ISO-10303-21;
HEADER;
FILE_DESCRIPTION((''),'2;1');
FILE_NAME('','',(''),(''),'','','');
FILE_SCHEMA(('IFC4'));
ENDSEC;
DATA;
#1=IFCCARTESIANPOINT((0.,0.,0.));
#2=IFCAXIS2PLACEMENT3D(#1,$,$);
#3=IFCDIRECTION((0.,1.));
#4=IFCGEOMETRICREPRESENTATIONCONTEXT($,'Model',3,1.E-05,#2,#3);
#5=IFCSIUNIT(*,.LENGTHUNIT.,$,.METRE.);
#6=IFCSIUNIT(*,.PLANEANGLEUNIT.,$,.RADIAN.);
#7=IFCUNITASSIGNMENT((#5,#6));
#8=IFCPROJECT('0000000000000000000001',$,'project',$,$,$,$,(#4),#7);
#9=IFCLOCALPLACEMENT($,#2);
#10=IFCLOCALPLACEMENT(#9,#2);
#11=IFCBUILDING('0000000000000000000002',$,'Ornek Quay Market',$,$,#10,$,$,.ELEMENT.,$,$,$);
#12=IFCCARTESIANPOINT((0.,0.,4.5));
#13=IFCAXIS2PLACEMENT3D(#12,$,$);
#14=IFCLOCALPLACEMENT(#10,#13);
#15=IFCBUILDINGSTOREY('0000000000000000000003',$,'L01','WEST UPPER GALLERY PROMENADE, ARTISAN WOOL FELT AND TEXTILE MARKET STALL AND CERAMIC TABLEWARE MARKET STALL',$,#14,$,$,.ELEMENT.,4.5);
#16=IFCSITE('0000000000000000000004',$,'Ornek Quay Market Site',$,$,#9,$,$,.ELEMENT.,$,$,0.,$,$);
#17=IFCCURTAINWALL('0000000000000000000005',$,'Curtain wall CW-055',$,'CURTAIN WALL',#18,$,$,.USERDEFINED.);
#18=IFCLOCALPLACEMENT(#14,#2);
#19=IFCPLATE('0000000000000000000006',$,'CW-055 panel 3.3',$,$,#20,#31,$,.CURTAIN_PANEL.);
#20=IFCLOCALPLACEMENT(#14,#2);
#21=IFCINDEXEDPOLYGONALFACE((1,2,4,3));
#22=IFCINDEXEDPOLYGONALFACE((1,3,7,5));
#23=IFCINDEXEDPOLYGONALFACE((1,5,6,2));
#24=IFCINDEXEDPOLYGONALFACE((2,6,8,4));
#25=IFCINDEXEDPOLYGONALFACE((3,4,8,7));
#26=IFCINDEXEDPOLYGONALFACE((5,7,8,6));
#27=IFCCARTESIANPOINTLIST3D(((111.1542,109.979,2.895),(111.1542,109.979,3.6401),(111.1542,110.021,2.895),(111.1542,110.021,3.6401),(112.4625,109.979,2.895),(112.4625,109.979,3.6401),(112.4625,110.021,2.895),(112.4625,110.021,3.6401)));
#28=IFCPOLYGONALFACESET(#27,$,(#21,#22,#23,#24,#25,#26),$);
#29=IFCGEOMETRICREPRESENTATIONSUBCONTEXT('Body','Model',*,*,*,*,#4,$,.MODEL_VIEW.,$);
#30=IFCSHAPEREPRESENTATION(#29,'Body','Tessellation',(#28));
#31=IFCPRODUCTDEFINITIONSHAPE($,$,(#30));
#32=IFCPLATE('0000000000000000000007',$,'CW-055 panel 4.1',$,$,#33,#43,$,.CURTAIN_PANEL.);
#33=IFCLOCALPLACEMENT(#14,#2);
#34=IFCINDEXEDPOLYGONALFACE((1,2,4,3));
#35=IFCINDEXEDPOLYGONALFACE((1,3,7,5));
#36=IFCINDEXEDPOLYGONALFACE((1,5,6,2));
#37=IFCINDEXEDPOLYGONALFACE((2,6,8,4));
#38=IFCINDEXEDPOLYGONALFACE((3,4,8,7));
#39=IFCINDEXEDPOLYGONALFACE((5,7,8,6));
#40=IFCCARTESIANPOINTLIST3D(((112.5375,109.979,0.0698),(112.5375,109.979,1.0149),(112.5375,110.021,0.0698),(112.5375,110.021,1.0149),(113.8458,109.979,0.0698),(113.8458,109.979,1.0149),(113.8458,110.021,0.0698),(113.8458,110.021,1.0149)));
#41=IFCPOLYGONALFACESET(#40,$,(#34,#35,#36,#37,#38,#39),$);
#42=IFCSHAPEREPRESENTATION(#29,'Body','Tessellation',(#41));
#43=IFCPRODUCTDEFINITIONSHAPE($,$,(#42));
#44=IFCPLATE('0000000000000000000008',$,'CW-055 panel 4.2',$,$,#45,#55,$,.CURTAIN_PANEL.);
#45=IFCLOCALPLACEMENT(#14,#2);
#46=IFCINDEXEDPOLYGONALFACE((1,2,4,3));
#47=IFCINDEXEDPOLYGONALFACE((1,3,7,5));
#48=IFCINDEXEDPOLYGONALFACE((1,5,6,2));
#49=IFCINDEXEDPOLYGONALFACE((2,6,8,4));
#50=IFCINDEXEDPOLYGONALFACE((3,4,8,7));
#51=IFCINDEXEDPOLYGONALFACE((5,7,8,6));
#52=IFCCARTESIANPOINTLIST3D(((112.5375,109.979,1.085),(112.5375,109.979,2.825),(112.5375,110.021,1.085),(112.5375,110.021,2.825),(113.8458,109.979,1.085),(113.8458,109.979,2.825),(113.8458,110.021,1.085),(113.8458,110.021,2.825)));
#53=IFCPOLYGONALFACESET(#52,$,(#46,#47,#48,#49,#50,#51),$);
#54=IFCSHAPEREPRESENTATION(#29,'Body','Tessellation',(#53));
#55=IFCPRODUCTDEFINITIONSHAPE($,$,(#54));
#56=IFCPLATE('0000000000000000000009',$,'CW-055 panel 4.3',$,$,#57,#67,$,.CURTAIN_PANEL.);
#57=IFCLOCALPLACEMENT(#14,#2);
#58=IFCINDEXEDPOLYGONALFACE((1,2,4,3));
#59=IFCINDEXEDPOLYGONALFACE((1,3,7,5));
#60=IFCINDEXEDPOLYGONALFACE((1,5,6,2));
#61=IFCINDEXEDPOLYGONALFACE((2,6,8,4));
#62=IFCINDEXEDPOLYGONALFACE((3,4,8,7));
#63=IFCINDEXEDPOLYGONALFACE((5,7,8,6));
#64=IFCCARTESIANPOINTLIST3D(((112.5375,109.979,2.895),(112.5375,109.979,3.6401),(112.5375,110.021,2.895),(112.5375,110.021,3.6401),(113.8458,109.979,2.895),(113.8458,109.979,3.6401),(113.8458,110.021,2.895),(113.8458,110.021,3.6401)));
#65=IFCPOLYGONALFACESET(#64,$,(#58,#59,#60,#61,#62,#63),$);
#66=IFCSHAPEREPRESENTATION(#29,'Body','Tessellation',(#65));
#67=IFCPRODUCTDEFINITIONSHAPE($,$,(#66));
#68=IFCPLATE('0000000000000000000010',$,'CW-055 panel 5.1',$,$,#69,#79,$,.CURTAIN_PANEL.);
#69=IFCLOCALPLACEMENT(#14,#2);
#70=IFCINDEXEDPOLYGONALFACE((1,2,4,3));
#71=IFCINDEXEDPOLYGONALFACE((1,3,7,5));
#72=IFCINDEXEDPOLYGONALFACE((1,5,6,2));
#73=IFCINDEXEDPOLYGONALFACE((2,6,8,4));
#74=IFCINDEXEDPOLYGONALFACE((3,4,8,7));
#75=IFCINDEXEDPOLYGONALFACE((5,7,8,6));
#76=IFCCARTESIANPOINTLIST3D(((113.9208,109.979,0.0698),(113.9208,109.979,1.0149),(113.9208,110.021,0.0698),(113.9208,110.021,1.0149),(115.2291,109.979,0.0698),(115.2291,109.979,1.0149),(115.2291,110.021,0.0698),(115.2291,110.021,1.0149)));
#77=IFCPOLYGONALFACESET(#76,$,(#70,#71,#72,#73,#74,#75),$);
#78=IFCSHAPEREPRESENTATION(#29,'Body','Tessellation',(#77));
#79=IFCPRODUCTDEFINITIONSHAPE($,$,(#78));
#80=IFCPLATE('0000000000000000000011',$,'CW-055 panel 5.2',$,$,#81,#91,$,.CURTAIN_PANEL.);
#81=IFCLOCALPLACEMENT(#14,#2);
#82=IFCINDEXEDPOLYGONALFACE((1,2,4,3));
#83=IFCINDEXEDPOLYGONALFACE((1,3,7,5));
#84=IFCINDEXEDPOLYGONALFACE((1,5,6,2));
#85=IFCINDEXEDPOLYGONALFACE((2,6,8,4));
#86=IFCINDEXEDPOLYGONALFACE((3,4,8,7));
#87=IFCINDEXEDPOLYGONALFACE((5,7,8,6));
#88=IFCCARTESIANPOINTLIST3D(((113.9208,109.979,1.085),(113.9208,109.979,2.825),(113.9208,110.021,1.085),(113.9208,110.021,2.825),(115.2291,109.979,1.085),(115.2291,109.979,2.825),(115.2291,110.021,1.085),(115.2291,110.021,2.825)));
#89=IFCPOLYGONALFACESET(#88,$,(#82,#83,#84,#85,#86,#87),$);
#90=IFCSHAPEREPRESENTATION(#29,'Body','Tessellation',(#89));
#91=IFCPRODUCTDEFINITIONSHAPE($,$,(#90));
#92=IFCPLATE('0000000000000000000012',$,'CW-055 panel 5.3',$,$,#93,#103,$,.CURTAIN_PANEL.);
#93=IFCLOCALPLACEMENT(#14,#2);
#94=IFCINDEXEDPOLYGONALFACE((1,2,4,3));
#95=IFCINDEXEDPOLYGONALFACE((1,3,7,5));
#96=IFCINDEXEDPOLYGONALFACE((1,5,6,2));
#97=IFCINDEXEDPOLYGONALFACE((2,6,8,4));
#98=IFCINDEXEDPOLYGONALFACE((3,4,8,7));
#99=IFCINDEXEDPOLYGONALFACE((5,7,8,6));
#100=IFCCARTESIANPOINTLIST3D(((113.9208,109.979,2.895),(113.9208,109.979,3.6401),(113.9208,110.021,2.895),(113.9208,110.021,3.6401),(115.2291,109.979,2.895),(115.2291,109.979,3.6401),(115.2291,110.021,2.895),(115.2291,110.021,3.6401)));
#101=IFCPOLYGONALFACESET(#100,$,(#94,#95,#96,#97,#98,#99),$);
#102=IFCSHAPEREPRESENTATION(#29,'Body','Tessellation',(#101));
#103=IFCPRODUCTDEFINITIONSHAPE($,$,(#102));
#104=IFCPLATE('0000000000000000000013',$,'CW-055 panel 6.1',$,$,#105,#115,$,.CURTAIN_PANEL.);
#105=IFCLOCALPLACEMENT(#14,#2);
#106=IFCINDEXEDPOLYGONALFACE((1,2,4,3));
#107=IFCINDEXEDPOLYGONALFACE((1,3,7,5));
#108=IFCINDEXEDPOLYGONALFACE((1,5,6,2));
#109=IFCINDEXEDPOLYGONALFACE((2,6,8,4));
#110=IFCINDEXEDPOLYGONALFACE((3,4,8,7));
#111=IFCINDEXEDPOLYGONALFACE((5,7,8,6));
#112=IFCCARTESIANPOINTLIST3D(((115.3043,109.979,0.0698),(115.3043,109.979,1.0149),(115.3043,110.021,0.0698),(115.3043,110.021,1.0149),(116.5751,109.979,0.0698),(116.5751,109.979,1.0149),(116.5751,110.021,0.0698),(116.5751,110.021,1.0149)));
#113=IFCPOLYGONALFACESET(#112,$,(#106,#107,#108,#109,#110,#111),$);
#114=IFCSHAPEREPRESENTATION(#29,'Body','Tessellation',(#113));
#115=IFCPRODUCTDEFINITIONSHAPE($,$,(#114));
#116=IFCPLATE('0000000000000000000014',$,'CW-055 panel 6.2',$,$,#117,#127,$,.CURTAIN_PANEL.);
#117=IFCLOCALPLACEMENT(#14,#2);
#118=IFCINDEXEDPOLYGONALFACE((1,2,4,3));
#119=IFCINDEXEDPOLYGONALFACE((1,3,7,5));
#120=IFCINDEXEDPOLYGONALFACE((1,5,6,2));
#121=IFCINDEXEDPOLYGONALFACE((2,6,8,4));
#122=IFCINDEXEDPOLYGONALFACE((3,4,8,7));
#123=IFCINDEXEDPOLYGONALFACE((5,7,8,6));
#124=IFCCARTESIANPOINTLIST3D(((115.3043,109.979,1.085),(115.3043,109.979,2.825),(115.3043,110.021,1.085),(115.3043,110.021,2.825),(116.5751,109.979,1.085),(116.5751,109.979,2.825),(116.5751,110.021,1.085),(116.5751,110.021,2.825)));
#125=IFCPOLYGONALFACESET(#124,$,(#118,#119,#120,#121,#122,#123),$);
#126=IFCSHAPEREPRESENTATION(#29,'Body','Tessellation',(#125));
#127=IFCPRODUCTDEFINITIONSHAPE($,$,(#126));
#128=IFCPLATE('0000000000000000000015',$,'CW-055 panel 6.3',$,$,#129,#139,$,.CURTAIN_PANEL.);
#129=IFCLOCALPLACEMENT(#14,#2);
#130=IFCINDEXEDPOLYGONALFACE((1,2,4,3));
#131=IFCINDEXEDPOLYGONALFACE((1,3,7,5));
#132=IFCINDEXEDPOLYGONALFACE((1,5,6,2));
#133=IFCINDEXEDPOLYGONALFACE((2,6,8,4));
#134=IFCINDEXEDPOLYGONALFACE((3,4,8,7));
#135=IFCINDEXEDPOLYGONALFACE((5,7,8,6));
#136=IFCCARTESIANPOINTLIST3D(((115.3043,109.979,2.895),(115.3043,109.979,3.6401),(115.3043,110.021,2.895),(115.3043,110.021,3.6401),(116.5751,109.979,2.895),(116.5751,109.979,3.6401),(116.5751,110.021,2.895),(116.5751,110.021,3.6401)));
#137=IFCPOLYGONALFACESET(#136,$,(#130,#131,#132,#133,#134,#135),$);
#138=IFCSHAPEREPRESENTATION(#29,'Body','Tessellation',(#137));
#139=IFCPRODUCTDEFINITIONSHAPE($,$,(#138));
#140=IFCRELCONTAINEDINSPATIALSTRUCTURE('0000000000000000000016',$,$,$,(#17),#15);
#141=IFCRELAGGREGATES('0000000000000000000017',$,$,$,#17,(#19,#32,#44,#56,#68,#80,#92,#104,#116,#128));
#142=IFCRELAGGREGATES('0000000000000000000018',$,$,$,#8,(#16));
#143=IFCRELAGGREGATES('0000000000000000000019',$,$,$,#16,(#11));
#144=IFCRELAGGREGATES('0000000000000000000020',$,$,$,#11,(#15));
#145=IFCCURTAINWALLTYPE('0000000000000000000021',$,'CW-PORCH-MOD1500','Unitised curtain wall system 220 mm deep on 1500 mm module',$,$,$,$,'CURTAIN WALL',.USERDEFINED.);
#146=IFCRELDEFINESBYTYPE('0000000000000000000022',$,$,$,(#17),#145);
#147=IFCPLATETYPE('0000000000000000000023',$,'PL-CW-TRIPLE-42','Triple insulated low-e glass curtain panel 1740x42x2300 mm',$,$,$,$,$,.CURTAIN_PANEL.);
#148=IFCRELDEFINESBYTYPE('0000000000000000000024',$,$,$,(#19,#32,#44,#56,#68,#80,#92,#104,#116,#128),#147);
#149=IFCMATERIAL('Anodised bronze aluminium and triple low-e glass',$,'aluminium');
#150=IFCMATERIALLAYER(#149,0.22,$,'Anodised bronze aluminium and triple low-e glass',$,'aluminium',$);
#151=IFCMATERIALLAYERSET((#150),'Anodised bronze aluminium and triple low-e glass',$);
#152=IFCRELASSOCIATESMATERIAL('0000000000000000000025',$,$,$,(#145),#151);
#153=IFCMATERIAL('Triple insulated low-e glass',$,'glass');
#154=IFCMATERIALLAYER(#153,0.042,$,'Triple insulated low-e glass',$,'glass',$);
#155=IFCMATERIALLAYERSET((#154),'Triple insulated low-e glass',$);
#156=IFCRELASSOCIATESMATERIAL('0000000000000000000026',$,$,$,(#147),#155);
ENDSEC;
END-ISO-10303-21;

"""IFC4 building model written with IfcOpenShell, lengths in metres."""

from ifc_helpers import new_model, si_unit, direction, frame, origin, origin_2d, place, context, subcontext, project, spatial, rectangle, extrude, material, layer, layer_set, type_object, element, aggregate, save


model = new_model("IFC4")

# Units and contexts
model_context = context("Model", 3, precision=1e-05, world=origin(), true_north=direction((0.0, 1.0)))
body_context = subcontext(model_context, "Body", "Model", "MODEL_VIEW")
ifc_project = project(units=[si_unit("LENGTHUNIT", "METRE"), si_unit("PLANEANGLEUNIT", "RADIAN")], contexts=[model_context])

# Site, building, storey
site_placement = place(None, origin())
site = spatial("IfcSite", under=ifc_project, at=site_placement, Name="Ornek Quay Market Site", CompositionType="ELEMENT", RefElevation=0.0)
building_placement = place(site_placement, origin())
building = spatial("IfcBuilding", under=site, at=building_placement, Name="Ornek Quay Market", CompositionType="ELEMENT")
storey_placement = place(building_placement, frame((0.0, 0.0, 4.5)))
storey = spatial("IfcBuildingStorey", under=building, at=storey_placement, Name="L01", Description="WEST UPPER GALLERY PROMENADE, ARTISAN WOOL FELT AND TEXTILE MARKET STALL AND CERAMIC TABLEWARE MARKET STALL", CompositionType="ELEMENT", Elevation=4.5)

# Curtain wall
ifc_material_1 = material(Name="Anodised bronze aluminium and triple low-e glass", Category="aluminium")
ifc_layer_1 = layer(ifc_material_1, 0.22, Name="Anodised bronze aluminium and triple low-e glass", Category="aluminium")
ifc_layer_set_1 = layer_set([ifc_layer_1], Name="Anodised bronze aluminium and triple low-e glass")
curtain_wall_type = type_object("IfcCurtainWallType", Name="CW-PORCH-MOD1500", Description="Unitised curtain wall system 220 mm deep on 1500 mm module", ElementType="CURTAIN WALL", PredefinedType="USERDEFINED", material=ifc_layer_set_1)
curtain_wall_1_placement = place(storey_placement, origin())
curtain_wall_1 = element("IfcCurtainWall", 1, at=curtain_wall_1_placement, inside=storey, type_object=curtain_wall_type, Name="Curtain wall CW-055", ObjectType="CURTAIN WALL", PredefinedType="USERDEFINED")

# Plates
ifc_material_2 = material(Name="Triple insulated low-e glass", Category="glass")
ifc_layer_2 = layer(ifc_material_2, 0.042, Name="Triple insulated low-e glass", Category="glass")
ifc_layer_set_2 = layer_set([ifc_layer_2], Name="Triple insulated low-e glass")
plate_type = type_object("IfcPlateType", Name="PL-CW-TRIPLE-42", Description="Triple insulated low-e glass curtain panel 1740x42x2300 mm", PredefinedType="CURTAIN_PANEL", material=ifc_layer_set_2)
plate_1_placement = place(storey_placement, frame((111.8083, 110.0, 2.895), z_axis=(0.0, 0.0, 1.0), x_axis=(1.0, 0.0, 0.0)))
plate_1 = element("IfcPlate", 2, at=plate_1_placement, type_object=plate_type, Name="CW-055 panel 3.3", PredefinedType="CURTAIN_PANEL", context=body_context, shape_type="SweptSolid", body=[
    extrude(rectangle(XDim=1.3083, YDim=0.042, at=origin_2d()), origin(), (0.0, 0.0, 1.0), 0.7451),
])
plate_2_placement = place(storey_placement, frame((113.1917, 110.0, 0.0698), z_axis=(0.0, 0.0, 1.0), x_axis=(1.0, 0.0, 0.0)))
plate_2 = element("IfcPlate", 3, at=plate_2_placement, type_object=plate_type, Name="CW-055 panel 4.1", PredefinedType="CURTAIN_PANEL", context=body_context, shape_type="SweptSolid", body=[
    extrude(rectangle(XDim=1.3083, YDim=0.042, at=origin_2d()), origin(), (0.0, 0.0, 1.0), 0.9451),
])
plate_3_placement = place(storey_placement, frame((113.1917, 110.0, 1.085), z_axis=(0.0, 0.0, 1.0), x_axis=(1.0, 0.0, 0.0)))
plate_3 = element("IfcPlate", 4, at=plate_3_placement, type_object=plate_type, Name="CW-055 panel 4.2", PredefinedType="CURTAIN_PANEL", context=body_context, shape_type="SweptSolid", body=[
    extrude(rectangle(XDim=1.3083, YDim=0.042, at=origin_2d()), origin(), (0.0, 0.0, 1.0), 1.74),
])
plate_4_placement = place(storey_placement, frame((113.1917, 110.0, 2.895), z_axis=(0.0, 0.0, 1.0), x_axis=(1.0, 0.0, 0.0)))
plate_4 = element("IfcPlate", 5, at=plate_4_placement, type_object=plate_type, Name="CW-055 panel 4.3", PredefinedType="CURTAIN_PANEL", context=body_context, shape_type="SweptSolid", body=[
    extrude(rectangle(XDim=1.3083, YDim=0.042, at=origin_2d()), origin(), (0.0, 0.0, 1.0), 0.7451),
])
plate_5_placement = place(storey_placement, frame((114.575, 110.0, 0.0698), z_axis=(0.0, 0.0, 1.0), x_axis=(1.0, 0.0, 0.0)))
plate_5 = element("IfcPlate", 6, at=plate_5_placement, type_object=plate_type, Name="CW-055 panel 5.1", PredefinedType="CURTAIN_PANEL", context=body_context, shape_type="SweptSolid", body=[
    extrude(rectangle(XDim=1.3083, YDim=0.042, at=origin_2d()), origin(), (0.0, 0.0, 1.0), 0.9451),
])
plate_6_placement = place(storey_placement, frame((114.575, 110.0, 1.085), z_axis=(0.0, 0.0, 1.0), x_axis=(1.0, 0.0, 0.0)))
plate_6 = element("IfcPlate", 7, at=plate_6_placement, type_object=plate_type, Name="CW-055 panel 5.2", PredefinedType="CURTAIN_PANEL", context=body_context, shape_type="SweptSolid", body=[
    extrude(rectangle(XDim=1.3083, YDim=0.042, at=origin_2d()), origin(), (0.0, 0.0, 1.0), 1.74),
])
plate_7_placement = place(storey_placement, frame((114.575, 110.0, 2.895), z_axis=(0.0, 0.0, 1.0), x_axis=(1.0, 0.0, 0.0)))
plate_7 = element("IfcPlate", 8, at=plate_7_placement, type_object=plate_type, Name="CW-055 panel 5.3", PredefinedType="CURTAIN_PANEL", context=body_context, shape_type="SweptSolid", body=[
    extrude(rectangle(XDim=1.3083, YDim=0.042, at=origin_2d()), origin(), (0.0, 0.0, 1.0), 0.7451),
])
plate_8_placement = place(storey_placement, frame((115.9397, 110.0, 0.0698), z_axis=(0.0, 0.0, 1.0), x_axis=(1.0, 0.0, 0.0)))
plate_8 = element("IfcPlate", 9, at=plate_8_placement, type_object=plate_type, Name="CW-055 panel 6.1", PredefinedType="CURTAIN_PANEL", context=body_context, shape_type="SweptSolid", body=[
    extrude(rectangle(XDim=1.2708, YDim=0.042, at=origin_2d()), origin(), (0.0, 0.0, 1.0), 0.9451),
])
plate_9_placement = place(storey_placement, frame((115.9397, 110.0, 1.085), z_axis=(0.0, 0.0, 1.0), x_axis=(1.0, 0.0, 0.0)))
plate_9 = element("IfcPlate", 10, at=plate_9_placement, type_object=plate_type, Name="CW-055 panel 6.2", PredefinedType="CURTAIN_PANEL", context=body_context, shape_type="SweptSolid", body=[
    extrude(rectangle(XDim=1.2708, YDim=0.042, at=origin_2d()), origin(), (0.0, 0.0, 1.0), 1.74),
])
plate_10_placement = place(storey_placement, frame((115.9397, 110.0, 2.895), z_axis=(0.0, 0.0, 1.0), x_axis=(1.0, 0.0, 0.0)))
plate_10 = element("IfcPlate", 11, at=plate_10_placement, type_object=plate_type, Name="CW-055 panel 6.3", PredefinedType="CURTAIN_PANEL", context=body_context, shape_type="SweptSolid", body=[
    extrude(rectangle(XDim=1.2708, YDim=0.042, at=origin_2d()), origin(), (0.0, 0.0, 1.0), 0.7451),
])
aggregate(curtain_wall_1, [plate_1, plate_2, plate_3, plate_4, plate_5, plate_6, plate_7, plate_8, plate_9, plate_10])

save(model, "model.ifc")
